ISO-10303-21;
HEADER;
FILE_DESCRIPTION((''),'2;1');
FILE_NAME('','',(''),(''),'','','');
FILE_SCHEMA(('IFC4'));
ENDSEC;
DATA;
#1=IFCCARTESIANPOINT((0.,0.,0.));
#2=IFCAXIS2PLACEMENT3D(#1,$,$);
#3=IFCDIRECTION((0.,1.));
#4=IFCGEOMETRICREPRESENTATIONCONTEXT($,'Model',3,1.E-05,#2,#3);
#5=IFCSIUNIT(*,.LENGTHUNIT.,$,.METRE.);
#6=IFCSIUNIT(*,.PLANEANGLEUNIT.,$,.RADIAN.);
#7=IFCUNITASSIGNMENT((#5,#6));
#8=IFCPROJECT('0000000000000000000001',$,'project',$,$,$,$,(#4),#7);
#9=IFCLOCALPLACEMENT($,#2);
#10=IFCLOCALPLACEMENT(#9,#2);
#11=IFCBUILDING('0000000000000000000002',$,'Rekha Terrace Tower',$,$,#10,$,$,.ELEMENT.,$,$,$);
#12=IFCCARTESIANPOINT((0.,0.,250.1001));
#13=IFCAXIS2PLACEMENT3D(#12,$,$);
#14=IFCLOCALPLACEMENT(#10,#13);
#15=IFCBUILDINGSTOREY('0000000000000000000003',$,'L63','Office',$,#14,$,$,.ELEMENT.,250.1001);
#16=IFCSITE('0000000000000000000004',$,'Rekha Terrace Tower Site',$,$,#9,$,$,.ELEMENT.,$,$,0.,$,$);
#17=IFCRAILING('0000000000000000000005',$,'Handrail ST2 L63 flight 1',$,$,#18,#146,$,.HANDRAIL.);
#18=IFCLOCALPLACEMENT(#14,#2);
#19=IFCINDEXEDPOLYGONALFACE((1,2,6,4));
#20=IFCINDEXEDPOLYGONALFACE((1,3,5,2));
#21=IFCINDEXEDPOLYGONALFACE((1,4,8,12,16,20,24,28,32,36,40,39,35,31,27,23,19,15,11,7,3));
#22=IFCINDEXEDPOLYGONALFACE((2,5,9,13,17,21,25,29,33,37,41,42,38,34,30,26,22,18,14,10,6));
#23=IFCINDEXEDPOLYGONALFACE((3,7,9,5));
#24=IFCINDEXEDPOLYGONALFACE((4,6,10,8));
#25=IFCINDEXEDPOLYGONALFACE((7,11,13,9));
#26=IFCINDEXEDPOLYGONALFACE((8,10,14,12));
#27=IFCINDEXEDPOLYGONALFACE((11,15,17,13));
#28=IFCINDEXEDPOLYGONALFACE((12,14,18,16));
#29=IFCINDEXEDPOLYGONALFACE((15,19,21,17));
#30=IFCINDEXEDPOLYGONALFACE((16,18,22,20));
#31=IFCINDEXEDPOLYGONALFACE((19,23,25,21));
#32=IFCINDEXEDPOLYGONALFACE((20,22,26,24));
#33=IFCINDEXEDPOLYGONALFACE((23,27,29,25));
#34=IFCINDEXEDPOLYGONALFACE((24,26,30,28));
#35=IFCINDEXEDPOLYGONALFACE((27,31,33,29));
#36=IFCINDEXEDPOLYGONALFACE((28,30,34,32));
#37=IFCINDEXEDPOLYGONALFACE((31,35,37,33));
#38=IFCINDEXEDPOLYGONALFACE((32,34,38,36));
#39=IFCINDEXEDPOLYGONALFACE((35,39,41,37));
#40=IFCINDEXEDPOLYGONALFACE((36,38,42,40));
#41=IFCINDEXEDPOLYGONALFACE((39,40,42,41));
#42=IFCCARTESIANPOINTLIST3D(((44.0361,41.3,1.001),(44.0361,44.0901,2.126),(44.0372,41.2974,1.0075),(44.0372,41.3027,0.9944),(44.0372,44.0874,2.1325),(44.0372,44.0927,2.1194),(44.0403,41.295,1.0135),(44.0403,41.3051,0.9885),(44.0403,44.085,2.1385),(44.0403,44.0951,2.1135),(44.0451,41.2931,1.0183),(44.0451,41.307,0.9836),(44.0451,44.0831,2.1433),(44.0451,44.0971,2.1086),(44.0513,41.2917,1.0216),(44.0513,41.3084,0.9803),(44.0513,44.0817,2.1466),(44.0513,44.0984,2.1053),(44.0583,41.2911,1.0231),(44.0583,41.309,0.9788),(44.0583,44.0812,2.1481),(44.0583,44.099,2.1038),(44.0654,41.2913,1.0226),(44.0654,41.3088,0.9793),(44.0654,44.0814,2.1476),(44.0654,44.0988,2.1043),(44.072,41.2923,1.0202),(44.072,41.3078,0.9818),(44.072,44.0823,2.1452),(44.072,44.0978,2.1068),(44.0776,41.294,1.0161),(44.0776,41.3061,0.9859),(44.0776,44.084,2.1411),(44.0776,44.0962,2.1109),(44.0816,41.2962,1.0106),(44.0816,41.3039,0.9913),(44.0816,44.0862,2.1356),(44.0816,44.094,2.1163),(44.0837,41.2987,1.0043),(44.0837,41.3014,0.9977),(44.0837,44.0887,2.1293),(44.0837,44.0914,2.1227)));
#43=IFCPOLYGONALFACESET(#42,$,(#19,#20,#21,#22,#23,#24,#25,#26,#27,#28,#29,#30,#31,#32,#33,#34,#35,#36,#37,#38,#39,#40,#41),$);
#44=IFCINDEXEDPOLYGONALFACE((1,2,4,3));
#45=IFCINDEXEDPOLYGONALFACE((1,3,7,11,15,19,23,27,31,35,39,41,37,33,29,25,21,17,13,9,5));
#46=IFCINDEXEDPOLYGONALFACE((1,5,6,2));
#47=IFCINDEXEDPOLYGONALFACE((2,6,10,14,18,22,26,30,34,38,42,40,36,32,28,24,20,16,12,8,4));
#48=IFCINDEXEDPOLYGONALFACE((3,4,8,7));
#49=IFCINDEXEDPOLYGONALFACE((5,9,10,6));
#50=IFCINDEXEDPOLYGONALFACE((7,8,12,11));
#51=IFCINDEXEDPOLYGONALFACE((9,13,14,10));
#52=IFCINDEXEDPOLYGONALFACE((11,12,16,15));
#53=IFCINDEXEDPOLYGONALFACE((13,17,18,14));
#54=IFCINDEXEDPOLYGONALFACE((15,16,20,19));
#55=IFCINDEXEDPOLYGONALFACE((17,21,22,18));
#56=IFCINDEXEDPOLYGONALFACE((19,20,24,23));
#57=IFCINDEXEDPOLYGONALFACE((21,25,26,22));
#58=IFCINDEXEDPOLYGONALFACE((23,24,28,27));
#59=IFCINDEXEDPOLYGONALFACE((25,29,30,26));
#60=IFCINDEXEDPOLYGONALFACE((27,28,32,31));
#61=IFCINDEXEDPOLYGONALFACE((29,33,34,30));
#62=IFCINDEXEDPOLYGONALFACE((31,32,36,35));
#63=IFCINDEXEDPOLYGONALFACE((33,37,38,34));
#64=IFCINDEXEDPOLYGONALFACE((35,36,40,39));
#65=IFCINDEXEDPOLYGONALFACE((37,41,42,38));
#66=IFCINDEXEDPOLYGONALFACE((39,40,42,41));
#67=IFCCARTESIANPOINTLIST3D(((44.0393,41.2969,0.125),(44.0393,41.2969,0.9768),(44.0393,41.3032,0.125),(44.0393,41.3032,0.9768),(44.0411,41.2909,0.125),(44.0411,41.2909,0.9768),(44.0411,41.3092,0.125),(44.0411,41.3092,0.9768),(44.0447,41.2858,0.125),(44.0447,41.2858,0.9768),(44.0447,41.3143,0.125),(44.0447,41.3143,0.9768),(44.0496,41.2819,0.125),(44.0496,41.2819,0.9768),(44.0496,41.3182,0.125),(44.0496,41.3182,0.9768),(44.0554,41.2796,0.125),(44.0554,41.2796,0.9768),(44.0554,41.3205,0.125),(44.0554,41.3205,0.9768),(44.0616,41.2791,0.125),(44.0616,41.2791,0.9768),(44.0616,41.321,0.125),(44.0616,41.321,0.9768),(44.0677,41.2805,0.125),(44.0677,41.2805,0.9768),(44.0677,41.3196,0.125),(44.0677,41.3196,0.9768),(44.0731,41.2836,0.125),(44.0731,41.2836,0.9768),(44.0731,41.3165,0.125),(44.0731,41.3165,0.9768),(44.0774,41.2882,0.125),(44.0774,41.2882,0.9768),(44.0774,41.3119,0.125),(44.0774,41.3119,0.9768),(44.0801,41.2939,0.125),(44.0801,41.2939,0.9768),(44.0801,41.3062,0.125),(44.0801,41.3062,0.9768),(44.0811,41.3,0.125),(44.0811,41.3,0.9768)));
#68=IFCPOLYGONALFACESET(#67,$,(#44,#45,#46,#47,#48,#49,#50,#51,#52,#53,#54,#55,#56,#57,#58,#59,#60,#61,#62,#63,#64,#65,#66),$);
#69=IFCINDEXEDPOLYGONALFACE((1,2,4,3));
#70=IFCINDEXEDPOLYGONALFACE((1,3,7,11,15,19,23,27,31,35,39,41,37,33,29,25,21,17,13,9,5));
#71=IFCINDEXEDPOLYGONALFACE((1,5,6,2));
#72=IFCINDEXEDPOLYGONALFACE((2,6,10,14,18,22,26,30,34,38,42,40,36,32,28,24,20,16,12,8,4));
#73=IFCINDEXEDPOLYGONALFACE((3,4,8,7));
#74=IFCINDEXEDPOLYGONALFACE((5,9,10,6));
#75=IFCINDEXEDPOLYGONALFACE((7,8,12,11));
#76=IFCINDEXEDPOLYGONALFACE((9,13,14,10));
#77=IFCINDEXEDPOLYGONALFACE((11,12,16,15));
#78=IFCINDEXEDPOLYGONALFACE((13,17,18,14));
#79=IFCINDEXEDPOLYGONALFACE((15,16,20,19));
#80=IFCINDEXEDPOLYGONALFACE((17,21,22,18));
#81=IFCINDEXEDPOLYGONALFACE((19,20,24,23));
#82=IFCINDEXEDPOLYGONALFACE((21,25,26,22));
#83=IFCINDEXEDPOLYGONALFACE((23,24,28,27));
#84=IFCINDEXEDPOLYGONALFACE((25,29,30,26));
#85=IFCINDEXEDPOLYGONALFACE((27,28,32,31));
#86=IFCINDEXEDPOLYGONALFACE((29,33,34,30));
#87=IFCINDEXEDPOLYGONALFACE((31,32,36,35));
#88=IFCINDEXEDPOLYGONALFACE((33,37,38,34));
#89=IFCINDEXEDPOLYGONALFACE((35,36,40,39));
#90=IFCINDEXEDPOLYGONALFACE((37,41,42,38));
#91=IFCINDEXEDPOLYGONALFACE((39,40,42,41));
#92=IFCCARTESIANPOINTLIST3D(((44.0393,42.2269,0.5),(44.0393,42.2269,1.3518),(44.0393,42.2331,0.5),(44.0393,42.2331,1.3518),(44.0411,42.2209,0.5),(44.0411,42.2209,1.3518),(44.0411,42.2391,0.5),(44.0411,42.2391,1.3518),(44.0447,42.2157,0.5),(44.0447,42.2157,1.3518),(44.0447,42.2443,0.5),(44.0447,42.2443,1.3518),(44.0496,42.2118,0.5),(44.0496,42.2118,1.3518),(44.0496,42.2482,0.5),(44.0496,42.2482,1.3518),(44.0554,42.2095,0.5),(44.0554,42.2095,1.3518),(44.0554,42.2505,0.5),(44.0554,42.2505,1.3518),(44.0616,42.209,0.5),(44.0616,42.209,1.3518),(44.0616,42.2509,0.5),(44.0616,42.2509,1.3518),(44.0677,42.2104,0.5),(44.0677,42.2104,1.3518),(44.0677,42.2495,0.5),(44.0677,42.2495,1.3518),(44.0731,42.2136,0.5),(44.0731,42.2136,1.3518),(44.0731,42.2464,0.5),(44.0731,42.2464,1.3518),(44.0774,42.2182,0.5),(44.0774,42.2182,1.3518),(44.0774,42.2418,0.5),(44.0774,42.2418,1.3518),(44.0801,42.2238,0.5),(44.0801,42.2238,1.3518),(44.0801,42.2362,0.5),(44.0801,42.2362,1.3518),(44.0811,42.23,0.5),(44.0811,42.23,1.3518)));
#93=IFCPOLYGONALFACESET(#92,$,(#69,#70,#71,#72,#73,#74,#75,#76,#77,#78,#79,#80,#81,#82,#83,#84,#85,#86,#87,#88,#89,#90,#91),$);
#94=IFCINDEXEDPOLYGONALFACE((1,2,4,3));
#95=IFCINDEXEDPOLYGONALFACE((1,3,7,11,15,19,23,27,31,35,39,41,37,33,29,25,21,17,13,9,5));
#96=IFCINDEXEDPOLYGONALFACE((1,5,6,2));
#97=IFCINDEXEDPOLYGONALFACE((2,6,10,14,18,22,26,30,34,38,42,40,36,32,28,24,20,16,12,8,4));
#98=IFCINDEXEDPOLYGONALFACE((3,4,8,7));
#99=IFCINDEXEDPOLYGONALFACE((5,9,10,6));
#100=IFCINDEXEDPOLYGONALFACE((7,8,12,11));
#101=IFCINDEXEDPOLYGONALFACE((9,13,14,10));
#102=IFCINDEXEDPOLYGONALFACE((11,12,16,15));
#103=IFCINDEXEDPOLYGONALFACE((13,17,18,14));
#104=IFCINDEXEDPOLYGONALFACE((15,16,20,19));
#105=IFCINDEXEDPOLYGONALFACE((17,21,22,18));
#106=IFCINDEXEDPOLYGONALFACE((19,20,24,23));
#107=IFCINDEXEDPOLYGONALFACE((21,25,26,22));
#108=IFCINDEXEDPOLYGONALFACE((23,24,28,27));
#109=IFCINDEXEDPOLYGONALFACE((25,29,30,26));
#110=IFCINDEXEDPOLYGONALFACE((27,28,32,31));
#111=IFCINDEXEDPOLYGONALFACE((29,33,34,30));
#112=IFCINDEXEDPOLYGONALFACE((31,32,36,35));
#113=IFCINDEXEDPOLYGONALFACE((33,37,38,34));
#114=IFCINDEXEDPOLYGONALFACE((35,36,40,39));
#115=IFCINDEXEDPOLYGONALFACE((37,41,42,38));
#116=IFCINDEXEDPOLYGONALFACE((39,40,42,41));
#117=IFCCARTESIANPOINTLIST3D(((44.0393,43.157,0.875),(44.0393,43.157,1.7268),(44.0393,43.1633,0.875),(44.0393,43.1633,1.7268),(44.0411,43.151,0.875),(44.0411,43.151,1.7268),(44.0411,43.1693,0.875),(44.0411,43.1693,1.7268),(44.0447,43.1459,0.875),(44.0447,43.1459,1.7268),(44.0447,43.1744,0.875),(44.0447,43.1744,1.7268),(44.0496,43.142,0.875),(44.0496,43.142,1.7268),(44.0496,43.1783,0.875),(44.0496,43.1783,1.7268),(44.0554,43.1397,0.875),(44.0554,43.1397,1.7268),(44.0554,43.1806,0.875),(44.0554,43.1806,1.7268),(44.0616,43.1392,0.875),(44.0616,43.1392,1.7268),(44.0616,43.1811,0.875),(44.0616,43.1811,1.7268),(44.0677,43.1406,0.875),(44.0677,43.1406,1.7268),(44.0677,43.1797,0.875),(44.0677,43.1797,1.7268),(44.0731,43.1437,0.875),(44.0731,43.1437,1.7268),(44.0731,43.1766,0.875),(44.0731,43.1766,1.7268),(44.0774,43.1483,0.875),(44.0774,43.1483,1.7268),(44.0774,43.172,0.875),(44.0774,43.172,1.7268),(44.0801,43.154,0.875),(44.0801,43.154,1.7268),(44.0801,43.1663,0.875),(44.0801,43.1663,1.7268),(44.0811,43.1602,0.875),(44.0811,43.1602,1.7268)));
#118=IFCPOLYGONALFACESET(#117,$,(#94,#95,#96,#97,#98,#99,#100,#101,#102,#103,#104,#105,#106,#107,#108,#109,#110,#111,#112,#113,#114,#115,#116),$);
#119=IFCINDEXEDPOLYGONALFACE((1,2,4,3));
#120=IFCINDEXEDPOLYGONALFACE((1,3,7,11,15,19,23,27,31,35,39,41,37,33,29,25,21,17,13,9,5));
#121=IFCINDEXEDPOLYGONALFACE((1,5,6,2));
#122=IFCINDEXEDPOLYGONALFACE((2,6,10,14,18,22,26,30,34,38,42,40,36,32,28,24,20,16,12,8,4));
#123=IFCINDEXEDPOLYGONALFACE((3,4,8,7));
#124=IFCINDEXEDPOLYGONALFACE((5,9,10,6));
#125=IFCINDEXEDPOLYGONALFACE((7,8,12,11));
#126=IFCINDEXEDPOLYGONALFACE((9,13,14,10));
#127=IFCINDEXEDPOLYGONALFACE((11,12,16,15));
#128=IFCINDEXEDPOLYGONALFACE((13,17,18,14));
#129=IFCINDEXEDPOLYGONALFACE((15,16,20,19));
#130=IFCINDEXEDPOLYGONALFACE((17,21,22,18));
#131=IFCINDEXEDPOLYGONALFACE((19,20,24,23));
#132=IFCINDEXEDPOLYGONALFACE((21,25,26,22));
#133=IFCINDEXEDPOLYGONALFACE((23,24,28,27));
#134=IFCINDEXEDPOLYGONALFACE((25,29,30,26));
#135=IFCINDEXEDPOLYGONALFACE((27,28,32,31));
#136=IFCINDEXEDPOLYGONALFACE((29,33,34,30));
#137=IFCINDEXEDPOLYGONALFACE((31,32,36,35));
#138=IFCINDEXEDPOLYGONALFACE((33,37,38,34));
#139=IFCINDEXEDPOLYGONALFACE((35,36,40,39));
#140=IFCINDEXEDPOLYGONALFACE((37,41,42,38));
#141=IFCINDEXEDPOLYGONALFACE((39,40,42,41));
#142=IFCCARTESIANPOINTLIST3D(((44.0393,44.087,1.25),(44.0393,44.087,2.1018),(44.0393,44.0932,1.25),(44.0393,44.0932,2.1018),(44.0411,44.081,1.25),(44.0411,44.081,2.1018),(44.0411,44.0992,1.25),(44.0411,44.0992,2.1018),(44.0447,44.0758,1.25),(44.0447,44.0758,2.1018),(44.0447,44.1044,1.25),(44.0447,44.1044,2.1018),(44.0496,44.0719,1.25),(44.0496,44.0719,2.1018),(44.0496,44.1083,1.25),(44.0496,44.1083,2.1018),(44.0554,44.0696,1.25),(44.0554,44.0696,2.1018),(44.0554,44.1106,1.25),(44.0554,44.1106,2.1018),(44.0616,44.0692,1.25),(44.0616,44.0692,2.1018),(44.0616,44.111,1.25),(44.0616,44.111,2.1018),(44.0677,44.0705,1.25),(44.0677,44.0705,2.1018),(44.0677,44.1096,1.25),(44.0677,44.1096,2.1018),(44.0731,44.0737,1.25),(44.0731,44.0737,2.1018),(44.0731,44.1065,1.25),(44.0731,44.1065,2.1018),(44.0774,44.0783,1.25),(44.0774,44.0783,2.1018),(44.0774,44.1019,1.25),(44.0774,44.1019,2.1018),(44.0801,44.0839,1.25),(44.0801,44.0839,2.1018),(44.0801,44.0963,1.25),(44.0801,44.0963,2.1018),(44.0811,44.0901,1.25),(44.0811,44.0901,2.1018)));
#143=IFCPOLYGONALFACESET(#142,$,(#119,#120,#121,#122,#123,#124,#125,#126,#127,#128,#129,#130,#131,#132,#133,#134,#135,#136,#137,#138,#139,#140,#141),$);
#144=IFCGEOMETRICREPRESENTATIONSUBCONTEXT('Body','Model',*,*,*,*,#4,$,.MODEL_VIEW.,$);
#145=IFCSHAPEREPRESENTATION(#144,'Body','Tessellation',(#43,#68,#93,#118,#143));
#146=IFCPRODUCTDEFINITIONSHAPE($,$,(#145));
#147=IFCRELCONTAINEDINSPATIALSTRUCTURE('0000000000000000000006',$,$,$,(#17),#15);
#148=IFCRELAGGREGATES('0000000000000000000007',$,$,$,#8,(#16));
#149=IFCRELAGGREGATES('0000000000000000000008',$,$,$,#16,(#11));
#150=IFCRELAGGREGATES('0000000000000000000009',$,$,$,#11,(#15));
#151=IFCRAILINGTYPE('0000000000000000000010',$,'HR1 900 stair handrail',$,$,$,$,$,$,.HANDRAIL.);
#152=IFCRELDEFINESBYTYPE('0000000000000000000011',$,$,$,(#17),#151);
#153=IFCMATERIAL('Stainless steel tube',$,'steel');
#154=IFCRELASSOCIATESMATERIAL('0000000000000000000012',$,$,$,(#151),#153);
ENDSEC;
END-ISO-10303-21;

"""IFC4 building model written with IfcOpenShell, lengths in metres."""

from ifc_helpers import new_model, si_unit, direction, frame, origin, origin_2d, place, context, subcontext, project, spatial, circle, extrude, material, type_object, element, save


model = new_model("IFC4")

# Units and contexts
model_context = context("Model", 3, precision=1e-05, world=origin(), true_north=direction((0.0, 1.0)))
body_context = subcontext(model_context, "Body", "Model", "MODEL_VIEW")
ifc_project = project(units=[si_unit("LENGTHUNIT", "METRE"), si_unit("PLANEANGLEUNIT", "RADIAN")], contexts=[model_context])

# Site, building, storey
site_placement = place(None, origin())
site = spatial("IfcSite", under=ifc_project, at=site_placement, Name="Rekha Terrace Tower Site", CompositionType="ELEMENT", RefElevation=0.0)
building_placement = place(site_placement, origin())
building = spatial("IfcBuilding", under=site, at=building_placement, Name="Rekha Terrace Tower", CompositionType="ELEMENT")
storey_placement = place(building_placement, frame((0.0, 0.0, 250.1001)))
storey = spatial("IfcBuildingStorey", under=building, at=storey_placement, Name="L63", Description="Office", CompositionType="ELEMENT", Elevation=250.1001)

# Railing
ifc_material_1 = material(Name="Stainless steel tube", Category="steel")
railing_type_1 = type_object("IfcRailingType", Name="HR1 900 stair handrail", PredefinedType="HANDRAIL", material=ifc_material_1)
for number, where, name in (
    (1, (44.0601, 41.3, 0.125), "Handrail ST2 L63 flight 1"),
):
    element("IfcRailing", number, at=place(storey_placement, frame(where)), inside=storey, type_object=railing_type_1, Name=name, PredefinedType="HANDRAIL", context=body_context, shape_type="SweptSolid", body=[
        extrude(circle(Radius=0.0239, at=origin_2d()), frame((0.0, 0.0, 0.876), z_axis=(0.0, 0.927443, 0.373964), x_axis=(-1.0, 0.0, 0.0)), (0.0, 0.0, 1.0), 3.0083),
        extrude(circle(Radius=0.021, at=origin_2d()), origin(), (0.0, 0.0, 1.0), 0.8518),
        extrude(circle(Radius=0.021, at=origin_2d()), frame((0.0, 0.9299, 0.375)), (0.0, 0.0, 1.0), 0.8518),
        extrude(circle(Radius=0.021, at=origin_2d()), frame((0.0, 1.8601, 0.75)), (0.0, 0.0, 1.0), 0.8518),
        extrude(circle(Radius=0.021, at=origin_2d()), frame((0.0, 2.79, 1.125)), (0.0, 0.0, 1.0), 0.8518),
    ])

save(model, "model.ifc")
